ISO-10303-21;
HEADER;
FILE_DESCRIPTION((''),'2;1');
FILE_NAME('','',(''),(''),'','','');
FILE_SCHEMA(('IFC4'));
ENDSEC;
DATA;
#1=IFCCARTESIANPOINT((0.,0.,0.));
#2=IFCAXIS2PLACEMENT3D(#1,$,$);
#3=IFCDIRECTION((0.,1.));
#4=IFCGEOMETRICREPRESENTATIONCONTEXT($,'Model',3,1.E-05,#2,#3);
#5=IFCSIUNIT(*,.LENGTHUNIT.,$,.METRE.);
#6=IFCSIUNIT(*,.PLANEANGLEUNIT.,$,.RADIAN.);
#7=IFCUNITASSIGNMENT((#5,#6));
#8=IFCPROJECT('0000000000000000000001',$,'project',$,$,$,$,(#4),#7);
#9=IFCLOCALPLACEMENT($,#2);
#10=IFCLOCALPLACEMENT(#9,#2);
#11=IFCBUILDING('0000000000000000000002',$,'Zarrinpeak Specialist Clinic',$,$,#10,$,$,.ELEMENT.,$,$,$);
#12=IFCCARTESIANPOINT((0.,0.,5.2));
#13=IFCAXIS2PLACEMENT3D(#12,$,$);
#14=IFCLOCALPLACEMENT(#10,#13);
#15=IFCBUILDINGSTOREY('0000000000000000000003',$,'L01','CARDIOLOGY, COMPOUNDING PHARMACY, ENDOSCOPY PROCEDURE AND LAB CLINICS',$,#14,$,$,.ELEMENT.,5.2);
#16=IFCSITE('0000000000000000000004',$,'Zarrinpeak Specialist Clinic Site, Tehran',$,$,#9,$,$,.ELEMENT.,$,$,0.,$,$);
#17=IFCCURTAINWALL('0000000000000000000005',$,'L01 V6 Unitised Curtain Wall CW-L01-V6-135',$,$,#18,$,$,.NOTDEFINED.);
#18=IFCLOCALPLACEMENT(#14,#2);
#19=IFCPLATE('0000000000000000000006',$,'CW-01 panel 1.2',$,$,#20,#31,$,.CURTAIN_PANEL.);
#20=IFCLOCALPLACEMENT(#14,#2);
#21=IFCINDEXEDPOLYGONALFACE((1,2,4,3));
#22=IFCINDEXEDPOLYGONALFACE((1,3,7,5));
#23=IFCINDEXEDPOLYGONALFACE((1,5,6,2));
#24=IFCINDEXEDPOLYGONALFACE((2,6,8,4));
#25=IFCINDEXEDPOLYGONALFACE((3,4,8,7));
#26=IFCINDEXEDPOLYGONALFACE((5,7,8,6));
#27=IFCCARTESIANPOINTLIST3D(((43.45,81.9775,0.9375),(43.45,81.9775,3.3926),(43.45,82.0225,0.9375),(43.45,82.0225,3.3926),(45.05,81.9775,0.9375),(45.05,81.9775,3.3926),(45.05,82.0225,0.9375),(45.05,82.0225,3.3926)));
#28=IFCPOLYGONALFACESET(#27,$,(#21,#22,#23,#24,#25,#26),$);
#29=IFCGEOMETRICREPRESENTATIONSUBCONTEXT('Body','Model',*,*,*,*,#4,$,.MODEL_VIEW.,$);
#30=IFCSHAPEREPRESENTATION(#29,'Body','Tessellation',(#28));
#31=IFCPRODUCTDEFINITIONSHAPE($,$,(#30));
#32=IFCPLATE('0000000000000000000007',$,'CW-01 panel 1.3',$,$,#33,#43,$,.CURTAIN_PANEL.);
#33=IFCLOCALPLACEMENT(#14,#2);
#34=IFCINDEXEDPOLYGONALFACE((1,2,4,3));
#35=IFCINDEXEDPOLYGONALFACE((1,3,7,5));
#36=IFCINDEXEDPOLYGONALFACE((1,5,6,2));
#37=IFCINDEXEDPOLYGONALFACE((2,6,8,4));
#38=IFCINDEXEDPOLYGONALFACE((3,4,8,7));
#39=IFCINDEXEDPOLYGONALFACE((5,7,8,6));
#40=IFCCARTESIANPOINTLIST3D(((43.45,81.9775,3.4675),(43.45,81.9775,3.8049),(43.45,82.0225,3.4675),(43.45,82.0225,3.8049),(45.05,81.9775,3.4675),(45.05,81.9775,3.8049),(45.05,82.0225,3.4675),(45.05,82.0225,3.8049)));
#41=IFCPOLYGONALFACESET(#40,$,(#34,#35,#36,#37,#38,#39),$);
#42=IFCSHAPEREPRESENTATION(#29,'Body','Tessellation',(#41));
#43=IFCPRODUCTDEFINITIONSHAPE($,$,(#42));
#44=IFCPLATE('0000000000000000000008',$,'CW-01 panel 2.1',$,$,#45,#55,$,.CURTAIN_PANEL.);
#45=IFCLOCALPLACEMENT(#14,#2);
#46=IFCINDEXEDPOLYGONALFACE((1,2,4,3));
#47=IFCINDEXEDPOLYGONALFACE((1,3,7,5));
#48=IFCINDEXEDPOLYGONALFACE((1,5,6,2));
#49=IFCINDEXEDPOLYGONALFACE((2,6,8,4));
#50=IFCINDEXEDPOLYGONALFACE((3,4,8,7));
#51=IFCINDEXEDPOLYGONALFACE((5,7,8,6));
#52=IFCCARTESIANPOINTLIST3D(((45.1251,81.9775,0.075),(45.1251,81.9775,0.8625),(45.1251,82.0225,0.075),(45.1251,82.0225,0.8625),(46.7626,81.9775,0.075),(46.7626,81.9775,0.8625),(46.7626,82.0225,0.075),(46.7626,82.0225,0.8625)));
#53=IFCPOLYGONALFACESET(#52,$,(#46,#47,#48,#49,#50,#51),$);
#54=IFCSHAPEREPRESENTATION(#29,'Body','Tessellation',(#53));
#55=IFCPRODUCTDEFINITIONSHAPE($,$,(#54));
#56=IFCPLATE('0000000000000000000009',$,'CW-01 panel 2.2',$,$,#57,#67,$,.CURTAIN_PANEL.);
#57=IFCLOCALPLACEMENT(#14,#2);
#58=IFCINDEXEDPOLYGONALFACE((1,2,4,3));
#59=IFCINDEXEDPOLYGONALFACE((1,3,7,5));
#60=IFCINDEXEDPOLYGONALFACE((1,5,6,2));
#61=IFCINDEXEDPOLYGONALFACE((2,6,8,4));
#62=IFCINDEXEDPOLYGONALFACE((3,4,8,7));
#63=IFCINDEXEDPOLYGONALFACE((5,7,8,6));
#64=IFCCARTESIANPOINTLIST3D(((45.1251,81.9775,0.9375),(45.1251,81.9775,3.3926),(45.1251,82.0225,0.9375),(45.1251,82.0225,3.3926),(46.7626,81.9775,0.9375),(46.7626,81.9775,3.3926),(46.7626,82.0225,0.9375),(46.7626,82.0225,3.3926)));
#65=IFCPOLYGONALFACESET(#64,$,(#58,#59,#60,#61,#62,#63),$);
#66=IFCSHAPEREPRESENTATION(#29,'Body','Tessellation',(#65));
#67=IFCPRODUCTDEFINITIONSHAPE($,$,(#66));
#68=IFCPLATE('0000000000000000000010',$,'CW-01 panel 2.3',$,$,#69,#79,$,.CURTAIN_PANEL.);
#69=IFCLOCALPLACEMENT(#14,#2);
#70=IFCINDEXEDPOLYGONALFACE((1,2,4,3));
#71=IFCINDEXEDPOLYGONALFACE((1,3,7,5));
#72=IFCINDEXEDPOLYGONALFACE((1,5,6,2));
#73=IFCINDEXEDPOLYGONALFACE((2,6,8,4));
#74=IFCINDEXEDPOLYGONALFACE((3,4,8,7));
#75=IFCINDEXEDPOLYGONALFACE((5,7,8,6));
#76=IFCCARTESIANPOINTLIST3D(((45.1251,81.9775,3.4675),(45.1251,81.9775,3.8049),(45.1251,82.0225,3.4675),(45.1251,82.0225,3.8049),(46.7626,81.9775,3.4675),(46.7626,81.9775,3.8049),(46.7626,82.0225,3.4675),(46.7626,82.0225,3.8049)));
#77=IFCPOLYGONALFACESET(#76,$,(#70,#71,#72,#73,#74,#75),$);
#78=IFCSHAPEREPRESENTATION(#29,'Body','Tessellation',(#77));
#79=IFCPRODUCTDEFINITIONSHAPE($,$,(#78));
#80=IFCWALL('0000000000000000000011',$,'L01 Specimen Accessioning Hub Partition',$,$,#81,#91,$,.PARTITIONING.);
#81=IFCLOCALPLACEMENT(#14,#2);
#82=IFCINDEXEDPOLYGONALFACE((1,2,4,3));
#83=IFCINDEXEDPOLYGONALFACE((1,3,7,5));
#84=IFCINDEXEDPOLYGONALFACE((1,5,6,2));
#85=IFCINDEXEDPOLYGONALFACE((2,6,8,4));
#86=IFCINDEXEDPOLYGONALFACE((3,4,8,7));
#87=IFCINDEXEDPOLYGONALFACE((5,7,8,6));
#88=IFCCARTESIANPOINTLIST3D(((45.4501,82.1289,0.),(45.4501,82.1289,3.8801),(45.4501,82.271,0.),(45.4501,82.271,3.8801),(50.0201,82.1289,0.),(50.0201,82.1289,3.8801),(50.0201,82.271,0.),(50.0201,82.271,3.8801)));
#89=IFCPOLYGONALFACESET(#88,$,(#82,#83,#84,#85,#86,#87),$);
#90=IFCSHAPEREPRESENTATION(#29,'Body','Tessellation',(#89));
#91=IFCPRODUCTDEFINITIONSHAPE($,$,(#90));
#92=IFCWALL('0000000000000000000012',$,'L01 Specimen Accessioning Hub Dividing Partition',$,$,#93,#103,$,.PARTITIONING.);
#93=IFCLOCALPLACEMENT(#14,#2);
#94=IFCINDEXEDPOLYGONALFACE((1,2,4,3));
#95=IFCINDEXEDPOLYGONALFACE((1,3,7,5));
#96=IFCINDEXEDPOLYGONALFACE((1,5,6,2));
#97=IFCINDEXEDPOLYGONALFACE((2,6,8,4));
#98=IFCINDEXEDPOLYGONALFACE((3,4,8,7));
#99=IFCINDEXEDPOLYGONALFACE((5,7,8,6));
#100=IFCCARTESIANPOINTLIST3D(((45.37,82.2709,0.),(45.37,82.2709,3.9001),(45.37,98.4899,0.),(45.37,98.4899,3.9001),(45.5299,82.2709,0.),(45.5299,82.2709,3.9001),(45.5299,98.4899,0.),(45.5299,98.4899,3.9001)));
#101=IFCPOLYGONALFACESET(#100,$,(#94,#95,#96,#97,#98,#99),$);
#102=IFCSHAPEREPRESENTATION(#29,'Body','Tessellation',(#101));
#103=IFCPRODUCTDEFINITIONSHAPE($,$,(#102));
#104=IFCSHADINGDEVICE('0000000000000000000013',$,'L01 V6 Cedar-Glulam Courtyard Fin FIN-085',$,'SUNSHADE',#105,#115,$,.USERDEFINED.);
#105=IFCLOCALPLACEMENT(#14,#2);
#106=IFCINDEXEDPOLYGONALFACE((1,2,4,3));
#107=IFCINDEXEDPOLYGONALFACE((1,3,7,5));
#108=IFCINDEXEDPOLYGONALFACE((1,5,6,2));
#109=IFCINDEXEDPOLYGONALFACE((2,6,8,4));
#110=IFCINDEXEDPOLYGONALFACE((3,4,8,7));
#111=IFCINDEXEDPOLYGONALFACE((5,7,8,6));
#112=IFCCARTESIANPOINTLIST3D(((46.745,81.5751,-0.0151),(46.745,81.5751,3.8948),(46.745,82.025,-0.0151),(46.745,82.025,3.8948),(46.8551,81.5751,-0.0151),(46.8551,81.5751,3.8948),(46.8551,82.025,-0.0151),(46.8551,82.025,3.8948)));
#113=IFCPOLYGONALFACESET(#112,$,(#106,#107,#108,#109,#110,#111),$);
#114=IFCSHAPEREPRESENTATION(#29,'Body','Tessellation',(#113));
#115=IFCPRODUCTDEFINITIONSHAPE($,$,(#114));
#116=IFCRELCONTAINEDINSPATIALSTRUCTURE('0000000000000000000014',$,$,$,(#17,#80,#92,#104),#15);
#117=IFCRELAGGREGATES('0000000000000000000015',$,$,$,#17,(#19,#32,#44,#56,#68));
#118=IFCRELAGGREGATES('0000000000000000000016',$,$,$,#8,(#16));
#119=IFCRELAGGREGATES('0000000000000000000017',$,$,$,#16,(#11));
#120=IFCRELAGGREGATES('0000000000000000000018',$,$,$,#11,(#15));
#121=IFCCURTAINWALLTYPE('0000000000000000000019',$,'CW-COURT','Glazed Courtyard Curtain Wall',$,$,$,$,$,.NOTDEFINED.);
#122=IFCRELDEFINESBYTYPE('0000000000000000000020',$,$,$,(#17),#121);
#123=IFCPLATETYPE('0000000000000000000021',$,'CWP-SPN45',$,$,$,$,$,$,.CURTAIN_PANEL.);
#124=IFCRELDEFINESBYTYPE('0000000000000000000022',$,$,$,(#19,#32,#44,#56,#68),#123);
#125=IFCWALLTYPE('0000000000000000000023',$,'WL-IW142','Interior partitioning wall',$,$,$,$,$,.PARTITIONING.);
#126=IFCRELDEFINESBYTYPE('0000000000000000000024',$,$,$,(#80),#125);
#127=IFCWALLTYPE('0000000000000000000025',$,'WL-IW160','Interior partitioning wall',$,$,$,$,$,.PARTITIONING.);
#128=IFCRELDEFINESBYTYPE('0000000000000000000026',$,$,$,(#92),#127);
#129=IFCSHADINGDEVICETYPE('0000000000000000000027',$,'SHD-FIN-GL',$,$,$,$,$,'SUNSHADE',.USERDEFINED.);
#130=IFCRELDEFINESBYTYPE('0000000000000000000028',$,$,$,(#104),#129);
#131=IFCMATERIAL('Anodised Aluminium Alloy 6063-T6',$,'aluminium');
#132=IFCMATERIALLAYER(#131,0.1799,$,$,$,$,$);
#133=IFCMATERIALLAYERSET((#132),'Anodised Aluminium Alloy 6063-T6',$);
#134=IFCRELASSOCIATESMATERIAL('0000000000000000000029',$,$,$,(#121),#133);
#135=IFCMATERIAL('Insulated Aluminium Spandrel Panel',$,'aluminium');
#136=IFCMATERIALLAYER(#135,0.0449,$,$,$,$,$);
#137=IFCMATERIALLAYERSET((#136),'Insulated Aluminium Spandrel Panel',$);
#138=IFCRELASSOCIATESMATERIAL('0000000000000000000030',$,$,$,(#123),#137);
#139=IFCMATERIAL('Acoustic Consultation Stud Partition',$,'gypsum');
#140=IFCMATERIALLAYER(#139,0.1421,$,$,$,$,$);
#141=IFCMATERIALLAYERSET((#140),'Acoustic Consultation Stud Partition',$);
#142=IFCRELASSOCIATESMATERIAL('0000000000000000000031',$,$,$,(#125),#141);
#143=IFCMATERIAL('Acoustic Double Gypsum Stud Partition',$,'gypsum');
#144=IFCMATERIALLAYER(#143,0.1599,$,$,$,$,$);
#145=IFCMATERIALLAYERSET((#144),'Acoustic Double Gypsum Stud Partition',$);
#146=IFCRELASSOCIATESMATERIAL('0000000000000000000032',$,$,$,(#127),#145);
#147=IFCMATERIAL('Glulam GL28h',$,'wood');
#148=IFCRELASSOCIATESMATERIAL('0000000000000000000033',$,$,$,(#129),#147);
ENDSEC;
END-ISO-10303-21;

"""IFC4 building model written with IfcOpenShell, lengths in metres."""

from ifc_helpers import new_model, si_unit, direction, frame, frame_2d, origin, origin_2d, place, context, subcontext, project, spatial, rectangle, extrude, material, layer, layer_set, type_object, element, aggregate, save


model = new_model("IFC4")

# Units and contexts
model_context = context("Model", 3, precision=1e-05, world=origin(), true_north=direction((0.0, 1.0)))
body_context = subcontext(model_context, "Body", "Model", "MODEL_VIEW")
ifc_project = project(units=[si_unit("LENGTHUNIT", "METRE"), si_unit("PLANEANGLEUNIT", "RADIAN")], contexts=[model_context])

# Site, building, storey
site_placement = place(None, origin())
site = spatial("IfcSite", under=ifc_project, at=site_placement, Name="Zarrinpeak Specialist Clinic Site, Tehran", CompositionType="ELEMENT", RefElevation=0.0)
building_placement = place(site_placement, origin())
building = spatial("IfcBuilding", under=site, at=building_placement, Name="Zarrinpeak Specialist Clinic", CompositionType="ELEMENT")
storey_placement = place(building_placement, frame((0.0, 0.0, 5.2)))
storey = spatial("IfcBuildingStorey", under=building, at=storey_placement, Name="L01", Description="CARDIOLOGY, COMPOUNDING PHARMACY, ENDOSCOPY PROCEDURE AND LAB CLINICS", CompositionType="ELEMENT", Elevation=5.2)

# Curtain wall, plates
ifc_material_1 = material(Name="Anodised Aluminium Alloy 6063-T6", Category="aluminium")
ifc_layer_1 = layer(ifc_material_1, 0.1799)
ifc_layer_set_1 = layer_set([ifc_layer_1], Name="Anodised Aluminium Alloy 6063-T6")
curtain_wall_type = type_object("IfcCurtainWallType", Name="CW-COURT", Description="Glazed Courtyard Curtain Wall", PredefinedType="NOTDEFINED", material=ifc_layer_set_1)
curtain_wall_placement = place(storey_placement, origin())
curtain_wall = element("IfcCurtainWall", 1, at=curtain_wall_placement, inside=storey, type_object=curtain_wall_type, Name="L01 V6 Unitised Curtain Wall CW-L01-V6-135", PredefinedType="NOTDEFINED")
ifc_material_2 = material(Name="Insulated Aluminium Spandrel Panel", Category="aluminium")
ifc_layer_2 = layer(ifc_material_2, 0.0449)
ifc_layer_set_2 = layer_set([ifc_layer_2], Name="Insulated Aluminium Spandrel Panel")
plate_type = type_object("IfcPlateType", Name="CWP-SPN45", PredefinedType="CURTAIN_PANEL", material=ifc_layer_set_2)
plate_1_placement = place(storey_placement, frame((44.25, 82.0, 0.9375), z_axis=(0.0, 0.0, 1.0), x_axis=(1.0, 0.0, 0.0)))
plate_1 = element("IfcPlate", 2, at=plate_1_placement, type_object=plate_type, Name="CW-01 panel 1.2", PredefinedType="CURTAIN_PANEL", context=body_context, shape_type="SweptSolid", body=[
    extrude(rectangle(XDim=1.6001, YDim=0.0449, at=origin_2d()), origin(), (0.0, 0.0, 1.0), 2.4551),
])
plate_2_placement = place(storey_placement, frame((44.25, 82.0, 3.4675), z_axis=(0.0, 0.0, 1.0), x_axis=(1.0, 0.0, 0.0)))
plate_2 = element("IfcPlate", 3, at=plate_2_placement, type_object=plate_type, Name="CW-01 panel 1.3", PredefinedType="CURTAIN_PANEL", context=body_context, shape_type="SweptSolid", body=[
    extrude(rectangle(XDim=1.6001, YDim=0.0449, at=origin_2d()), origin(), (0.0, 0.0, 1.0), 0.3374),
])
plate_3_placement = place(storey_placement, frame((45.9438, 82.0, 0.075), z_axis=(0.0, 0.0, 1.0), x_axis=(1.0, 0.0, 0.0)))
plate_3 = element("IfcPlate", 4, at=plate_3_placement, type_object=plate_type, Name="CW-01 panel 2.1", PredefinedType="CURTAIN_PANEL", context=body_context, shape_type="SweptSolid", body=[
    extrude(rectangle(XDim=1.6375, YDim=0.0449, at=origin_2d()), origin(), (0.0, 0.0, 1.0), 0.7876),
])
plate_4_placement = place(storey_placement, frame((45.9438, 82.0, 0.9375), z_axis=(0.0, 0.0, 1.0), x_axis=(1.0, 0.0, 0.0)))
plate_4 = element("IfcPlate", 5, at=plate_4_placement, type_object=plate_type, Name="CW-01 panel 2.2", PredefinedType="CURTAIN_PANEL", context=body_context, shape_type="SweptSolid", body=[
    extrude(rectangle(XDim=1.6375, YDim=0.0449, at=origin_2d()), origin(), (0.0, 0.0, 1.0), 2.4551),
])
plate_5_placement = place(storey_placement, frame((45.9438, 82.0, 3.4675), z_axis=(0.0, 0.0, 1.0), x_axis=(1.0, 0.0, 0.0)))
plate_5 = element("IfcPlate", 6, at=plate_5_placement, type_object=plate_type, Name="CW-01 panel 2.3", PredefinedType="CURTAIN_PANEL", context=body_context, shape_type="SweptSolid", body=[
    extrude(rectangle(XDim=1.6375, YDim=0.0449, at=origin_2d()), origin(), (0.0, 0.0, 1.0), 0.3374),
])
aggregate(curtain_wall, [plate_1, plate_2, plate_3, plate_4, plate_5])

# Walls
ifc_material_3 = material(Name="Acoustic Consultation Stud Partition", Category="gypsum")
ifc_layer_3 = layer(ifc_material_3, 0.1421)
ifc_layer_set_3 = layer_set([ifc_layer_3], Name="Acoustic Consultation Stud Partition")
wall_type_1 = type_object("IfcWallType", Name="WL-IW142", Description="Interior partitioning wall", PredefinedType="PARTITIONING", material=ifc_layer_set_3)
wall_1_placement = place(storey_placement, frame((45.45, 82.2, 0.0), z_axis=(0.0, 0.0, 1.0), x_axis=(1.0, 0.0, 0.0)))
element("IfcWall", 7, at=wall_1_placement, inside=storey, type_object=wall_type_1, Name="L01 Specimen Accessioning Hub Partition", PredefinedType="PARTITIONING", context=body_context, shape_type="SweptSolid", body=[
    extrude(rectangle(XDim=4.5701, YDim=0.1421, at=frame_2d((2.2852, 0.0))), origin(), (0.0, 0.0, 1.0), 3.8801),
])
ifc_material_4 = material(Name="Acoustic Double Gypsum Stud Partition", Category="gypsum")
ifc_layer_4 = layer(ifc_material_4, 0.1599)
ifc_layer_set_4 = layer_set([ifc_layer_4], Name="Acoustic Double Gypsum Stud Partition")
wall_type_2 = type_object("IfcWallType", Name="WL-IW160", Description="Interior partitioning wall", PredefinedType="PARTITIONING", material=ifc_layer_set_4)
wall_2_placement = place(storey_placement, frame((45.45, 82.271, 0.0), z_axis=(0.0, 0.0, 1.0), x_axis=(0.0, 1.0, 0.0)))
element("IfcWall", 8, at=wall_2_placement, inside=storey, type_object=wall_type_2, Name="L01 Specimen Accessioning Hub Dividing Partition", PredefinedType="PARTITIONING", context=body_context, shape_type="SweptSolid", body=[
    extrude(rectangle(XDim=16.219, YDim=0.1599, at=frame_2d((8.1094, 0.0))), origin(), (0.0, 0.0, 1.0), 3.9001),
])

# Shading device
ifc_material_5 = material(Name="Glulam GL28h", Category="wood")
shading_device_type = type_object("IfcShadingDeviceType", Name="SHD-FIN-GL", ElementType="SUNSHADE", PredefinedType="USERDEFINED", material=ifc_material_5)
shading_device_placement = place(storey_placement, frame((46.8, 81.8, -0.0151), z_axis=(0.0, 0.0, 1.0), x_axis=(1.0, 0.0, 0.0)))
element("IfcShadingDevice", 9, at=shading_device_placement, inside=storey, type_object=shading_device_type, Name="L01 V6 Cedar-Glulam Courtyard Fin FIN-085", ObjectType="SUNSHADE", PredefinedType="USERDEFINED", context=body_context, shape_type="SweptSolid", body=[
    extrude(rectangle(XDim=0.1101, YDim=0.45, at=origin_2d()), origin(), (0.0, 0.0, 1.0), 3.9099),
])

save(model, "model.ifc")
